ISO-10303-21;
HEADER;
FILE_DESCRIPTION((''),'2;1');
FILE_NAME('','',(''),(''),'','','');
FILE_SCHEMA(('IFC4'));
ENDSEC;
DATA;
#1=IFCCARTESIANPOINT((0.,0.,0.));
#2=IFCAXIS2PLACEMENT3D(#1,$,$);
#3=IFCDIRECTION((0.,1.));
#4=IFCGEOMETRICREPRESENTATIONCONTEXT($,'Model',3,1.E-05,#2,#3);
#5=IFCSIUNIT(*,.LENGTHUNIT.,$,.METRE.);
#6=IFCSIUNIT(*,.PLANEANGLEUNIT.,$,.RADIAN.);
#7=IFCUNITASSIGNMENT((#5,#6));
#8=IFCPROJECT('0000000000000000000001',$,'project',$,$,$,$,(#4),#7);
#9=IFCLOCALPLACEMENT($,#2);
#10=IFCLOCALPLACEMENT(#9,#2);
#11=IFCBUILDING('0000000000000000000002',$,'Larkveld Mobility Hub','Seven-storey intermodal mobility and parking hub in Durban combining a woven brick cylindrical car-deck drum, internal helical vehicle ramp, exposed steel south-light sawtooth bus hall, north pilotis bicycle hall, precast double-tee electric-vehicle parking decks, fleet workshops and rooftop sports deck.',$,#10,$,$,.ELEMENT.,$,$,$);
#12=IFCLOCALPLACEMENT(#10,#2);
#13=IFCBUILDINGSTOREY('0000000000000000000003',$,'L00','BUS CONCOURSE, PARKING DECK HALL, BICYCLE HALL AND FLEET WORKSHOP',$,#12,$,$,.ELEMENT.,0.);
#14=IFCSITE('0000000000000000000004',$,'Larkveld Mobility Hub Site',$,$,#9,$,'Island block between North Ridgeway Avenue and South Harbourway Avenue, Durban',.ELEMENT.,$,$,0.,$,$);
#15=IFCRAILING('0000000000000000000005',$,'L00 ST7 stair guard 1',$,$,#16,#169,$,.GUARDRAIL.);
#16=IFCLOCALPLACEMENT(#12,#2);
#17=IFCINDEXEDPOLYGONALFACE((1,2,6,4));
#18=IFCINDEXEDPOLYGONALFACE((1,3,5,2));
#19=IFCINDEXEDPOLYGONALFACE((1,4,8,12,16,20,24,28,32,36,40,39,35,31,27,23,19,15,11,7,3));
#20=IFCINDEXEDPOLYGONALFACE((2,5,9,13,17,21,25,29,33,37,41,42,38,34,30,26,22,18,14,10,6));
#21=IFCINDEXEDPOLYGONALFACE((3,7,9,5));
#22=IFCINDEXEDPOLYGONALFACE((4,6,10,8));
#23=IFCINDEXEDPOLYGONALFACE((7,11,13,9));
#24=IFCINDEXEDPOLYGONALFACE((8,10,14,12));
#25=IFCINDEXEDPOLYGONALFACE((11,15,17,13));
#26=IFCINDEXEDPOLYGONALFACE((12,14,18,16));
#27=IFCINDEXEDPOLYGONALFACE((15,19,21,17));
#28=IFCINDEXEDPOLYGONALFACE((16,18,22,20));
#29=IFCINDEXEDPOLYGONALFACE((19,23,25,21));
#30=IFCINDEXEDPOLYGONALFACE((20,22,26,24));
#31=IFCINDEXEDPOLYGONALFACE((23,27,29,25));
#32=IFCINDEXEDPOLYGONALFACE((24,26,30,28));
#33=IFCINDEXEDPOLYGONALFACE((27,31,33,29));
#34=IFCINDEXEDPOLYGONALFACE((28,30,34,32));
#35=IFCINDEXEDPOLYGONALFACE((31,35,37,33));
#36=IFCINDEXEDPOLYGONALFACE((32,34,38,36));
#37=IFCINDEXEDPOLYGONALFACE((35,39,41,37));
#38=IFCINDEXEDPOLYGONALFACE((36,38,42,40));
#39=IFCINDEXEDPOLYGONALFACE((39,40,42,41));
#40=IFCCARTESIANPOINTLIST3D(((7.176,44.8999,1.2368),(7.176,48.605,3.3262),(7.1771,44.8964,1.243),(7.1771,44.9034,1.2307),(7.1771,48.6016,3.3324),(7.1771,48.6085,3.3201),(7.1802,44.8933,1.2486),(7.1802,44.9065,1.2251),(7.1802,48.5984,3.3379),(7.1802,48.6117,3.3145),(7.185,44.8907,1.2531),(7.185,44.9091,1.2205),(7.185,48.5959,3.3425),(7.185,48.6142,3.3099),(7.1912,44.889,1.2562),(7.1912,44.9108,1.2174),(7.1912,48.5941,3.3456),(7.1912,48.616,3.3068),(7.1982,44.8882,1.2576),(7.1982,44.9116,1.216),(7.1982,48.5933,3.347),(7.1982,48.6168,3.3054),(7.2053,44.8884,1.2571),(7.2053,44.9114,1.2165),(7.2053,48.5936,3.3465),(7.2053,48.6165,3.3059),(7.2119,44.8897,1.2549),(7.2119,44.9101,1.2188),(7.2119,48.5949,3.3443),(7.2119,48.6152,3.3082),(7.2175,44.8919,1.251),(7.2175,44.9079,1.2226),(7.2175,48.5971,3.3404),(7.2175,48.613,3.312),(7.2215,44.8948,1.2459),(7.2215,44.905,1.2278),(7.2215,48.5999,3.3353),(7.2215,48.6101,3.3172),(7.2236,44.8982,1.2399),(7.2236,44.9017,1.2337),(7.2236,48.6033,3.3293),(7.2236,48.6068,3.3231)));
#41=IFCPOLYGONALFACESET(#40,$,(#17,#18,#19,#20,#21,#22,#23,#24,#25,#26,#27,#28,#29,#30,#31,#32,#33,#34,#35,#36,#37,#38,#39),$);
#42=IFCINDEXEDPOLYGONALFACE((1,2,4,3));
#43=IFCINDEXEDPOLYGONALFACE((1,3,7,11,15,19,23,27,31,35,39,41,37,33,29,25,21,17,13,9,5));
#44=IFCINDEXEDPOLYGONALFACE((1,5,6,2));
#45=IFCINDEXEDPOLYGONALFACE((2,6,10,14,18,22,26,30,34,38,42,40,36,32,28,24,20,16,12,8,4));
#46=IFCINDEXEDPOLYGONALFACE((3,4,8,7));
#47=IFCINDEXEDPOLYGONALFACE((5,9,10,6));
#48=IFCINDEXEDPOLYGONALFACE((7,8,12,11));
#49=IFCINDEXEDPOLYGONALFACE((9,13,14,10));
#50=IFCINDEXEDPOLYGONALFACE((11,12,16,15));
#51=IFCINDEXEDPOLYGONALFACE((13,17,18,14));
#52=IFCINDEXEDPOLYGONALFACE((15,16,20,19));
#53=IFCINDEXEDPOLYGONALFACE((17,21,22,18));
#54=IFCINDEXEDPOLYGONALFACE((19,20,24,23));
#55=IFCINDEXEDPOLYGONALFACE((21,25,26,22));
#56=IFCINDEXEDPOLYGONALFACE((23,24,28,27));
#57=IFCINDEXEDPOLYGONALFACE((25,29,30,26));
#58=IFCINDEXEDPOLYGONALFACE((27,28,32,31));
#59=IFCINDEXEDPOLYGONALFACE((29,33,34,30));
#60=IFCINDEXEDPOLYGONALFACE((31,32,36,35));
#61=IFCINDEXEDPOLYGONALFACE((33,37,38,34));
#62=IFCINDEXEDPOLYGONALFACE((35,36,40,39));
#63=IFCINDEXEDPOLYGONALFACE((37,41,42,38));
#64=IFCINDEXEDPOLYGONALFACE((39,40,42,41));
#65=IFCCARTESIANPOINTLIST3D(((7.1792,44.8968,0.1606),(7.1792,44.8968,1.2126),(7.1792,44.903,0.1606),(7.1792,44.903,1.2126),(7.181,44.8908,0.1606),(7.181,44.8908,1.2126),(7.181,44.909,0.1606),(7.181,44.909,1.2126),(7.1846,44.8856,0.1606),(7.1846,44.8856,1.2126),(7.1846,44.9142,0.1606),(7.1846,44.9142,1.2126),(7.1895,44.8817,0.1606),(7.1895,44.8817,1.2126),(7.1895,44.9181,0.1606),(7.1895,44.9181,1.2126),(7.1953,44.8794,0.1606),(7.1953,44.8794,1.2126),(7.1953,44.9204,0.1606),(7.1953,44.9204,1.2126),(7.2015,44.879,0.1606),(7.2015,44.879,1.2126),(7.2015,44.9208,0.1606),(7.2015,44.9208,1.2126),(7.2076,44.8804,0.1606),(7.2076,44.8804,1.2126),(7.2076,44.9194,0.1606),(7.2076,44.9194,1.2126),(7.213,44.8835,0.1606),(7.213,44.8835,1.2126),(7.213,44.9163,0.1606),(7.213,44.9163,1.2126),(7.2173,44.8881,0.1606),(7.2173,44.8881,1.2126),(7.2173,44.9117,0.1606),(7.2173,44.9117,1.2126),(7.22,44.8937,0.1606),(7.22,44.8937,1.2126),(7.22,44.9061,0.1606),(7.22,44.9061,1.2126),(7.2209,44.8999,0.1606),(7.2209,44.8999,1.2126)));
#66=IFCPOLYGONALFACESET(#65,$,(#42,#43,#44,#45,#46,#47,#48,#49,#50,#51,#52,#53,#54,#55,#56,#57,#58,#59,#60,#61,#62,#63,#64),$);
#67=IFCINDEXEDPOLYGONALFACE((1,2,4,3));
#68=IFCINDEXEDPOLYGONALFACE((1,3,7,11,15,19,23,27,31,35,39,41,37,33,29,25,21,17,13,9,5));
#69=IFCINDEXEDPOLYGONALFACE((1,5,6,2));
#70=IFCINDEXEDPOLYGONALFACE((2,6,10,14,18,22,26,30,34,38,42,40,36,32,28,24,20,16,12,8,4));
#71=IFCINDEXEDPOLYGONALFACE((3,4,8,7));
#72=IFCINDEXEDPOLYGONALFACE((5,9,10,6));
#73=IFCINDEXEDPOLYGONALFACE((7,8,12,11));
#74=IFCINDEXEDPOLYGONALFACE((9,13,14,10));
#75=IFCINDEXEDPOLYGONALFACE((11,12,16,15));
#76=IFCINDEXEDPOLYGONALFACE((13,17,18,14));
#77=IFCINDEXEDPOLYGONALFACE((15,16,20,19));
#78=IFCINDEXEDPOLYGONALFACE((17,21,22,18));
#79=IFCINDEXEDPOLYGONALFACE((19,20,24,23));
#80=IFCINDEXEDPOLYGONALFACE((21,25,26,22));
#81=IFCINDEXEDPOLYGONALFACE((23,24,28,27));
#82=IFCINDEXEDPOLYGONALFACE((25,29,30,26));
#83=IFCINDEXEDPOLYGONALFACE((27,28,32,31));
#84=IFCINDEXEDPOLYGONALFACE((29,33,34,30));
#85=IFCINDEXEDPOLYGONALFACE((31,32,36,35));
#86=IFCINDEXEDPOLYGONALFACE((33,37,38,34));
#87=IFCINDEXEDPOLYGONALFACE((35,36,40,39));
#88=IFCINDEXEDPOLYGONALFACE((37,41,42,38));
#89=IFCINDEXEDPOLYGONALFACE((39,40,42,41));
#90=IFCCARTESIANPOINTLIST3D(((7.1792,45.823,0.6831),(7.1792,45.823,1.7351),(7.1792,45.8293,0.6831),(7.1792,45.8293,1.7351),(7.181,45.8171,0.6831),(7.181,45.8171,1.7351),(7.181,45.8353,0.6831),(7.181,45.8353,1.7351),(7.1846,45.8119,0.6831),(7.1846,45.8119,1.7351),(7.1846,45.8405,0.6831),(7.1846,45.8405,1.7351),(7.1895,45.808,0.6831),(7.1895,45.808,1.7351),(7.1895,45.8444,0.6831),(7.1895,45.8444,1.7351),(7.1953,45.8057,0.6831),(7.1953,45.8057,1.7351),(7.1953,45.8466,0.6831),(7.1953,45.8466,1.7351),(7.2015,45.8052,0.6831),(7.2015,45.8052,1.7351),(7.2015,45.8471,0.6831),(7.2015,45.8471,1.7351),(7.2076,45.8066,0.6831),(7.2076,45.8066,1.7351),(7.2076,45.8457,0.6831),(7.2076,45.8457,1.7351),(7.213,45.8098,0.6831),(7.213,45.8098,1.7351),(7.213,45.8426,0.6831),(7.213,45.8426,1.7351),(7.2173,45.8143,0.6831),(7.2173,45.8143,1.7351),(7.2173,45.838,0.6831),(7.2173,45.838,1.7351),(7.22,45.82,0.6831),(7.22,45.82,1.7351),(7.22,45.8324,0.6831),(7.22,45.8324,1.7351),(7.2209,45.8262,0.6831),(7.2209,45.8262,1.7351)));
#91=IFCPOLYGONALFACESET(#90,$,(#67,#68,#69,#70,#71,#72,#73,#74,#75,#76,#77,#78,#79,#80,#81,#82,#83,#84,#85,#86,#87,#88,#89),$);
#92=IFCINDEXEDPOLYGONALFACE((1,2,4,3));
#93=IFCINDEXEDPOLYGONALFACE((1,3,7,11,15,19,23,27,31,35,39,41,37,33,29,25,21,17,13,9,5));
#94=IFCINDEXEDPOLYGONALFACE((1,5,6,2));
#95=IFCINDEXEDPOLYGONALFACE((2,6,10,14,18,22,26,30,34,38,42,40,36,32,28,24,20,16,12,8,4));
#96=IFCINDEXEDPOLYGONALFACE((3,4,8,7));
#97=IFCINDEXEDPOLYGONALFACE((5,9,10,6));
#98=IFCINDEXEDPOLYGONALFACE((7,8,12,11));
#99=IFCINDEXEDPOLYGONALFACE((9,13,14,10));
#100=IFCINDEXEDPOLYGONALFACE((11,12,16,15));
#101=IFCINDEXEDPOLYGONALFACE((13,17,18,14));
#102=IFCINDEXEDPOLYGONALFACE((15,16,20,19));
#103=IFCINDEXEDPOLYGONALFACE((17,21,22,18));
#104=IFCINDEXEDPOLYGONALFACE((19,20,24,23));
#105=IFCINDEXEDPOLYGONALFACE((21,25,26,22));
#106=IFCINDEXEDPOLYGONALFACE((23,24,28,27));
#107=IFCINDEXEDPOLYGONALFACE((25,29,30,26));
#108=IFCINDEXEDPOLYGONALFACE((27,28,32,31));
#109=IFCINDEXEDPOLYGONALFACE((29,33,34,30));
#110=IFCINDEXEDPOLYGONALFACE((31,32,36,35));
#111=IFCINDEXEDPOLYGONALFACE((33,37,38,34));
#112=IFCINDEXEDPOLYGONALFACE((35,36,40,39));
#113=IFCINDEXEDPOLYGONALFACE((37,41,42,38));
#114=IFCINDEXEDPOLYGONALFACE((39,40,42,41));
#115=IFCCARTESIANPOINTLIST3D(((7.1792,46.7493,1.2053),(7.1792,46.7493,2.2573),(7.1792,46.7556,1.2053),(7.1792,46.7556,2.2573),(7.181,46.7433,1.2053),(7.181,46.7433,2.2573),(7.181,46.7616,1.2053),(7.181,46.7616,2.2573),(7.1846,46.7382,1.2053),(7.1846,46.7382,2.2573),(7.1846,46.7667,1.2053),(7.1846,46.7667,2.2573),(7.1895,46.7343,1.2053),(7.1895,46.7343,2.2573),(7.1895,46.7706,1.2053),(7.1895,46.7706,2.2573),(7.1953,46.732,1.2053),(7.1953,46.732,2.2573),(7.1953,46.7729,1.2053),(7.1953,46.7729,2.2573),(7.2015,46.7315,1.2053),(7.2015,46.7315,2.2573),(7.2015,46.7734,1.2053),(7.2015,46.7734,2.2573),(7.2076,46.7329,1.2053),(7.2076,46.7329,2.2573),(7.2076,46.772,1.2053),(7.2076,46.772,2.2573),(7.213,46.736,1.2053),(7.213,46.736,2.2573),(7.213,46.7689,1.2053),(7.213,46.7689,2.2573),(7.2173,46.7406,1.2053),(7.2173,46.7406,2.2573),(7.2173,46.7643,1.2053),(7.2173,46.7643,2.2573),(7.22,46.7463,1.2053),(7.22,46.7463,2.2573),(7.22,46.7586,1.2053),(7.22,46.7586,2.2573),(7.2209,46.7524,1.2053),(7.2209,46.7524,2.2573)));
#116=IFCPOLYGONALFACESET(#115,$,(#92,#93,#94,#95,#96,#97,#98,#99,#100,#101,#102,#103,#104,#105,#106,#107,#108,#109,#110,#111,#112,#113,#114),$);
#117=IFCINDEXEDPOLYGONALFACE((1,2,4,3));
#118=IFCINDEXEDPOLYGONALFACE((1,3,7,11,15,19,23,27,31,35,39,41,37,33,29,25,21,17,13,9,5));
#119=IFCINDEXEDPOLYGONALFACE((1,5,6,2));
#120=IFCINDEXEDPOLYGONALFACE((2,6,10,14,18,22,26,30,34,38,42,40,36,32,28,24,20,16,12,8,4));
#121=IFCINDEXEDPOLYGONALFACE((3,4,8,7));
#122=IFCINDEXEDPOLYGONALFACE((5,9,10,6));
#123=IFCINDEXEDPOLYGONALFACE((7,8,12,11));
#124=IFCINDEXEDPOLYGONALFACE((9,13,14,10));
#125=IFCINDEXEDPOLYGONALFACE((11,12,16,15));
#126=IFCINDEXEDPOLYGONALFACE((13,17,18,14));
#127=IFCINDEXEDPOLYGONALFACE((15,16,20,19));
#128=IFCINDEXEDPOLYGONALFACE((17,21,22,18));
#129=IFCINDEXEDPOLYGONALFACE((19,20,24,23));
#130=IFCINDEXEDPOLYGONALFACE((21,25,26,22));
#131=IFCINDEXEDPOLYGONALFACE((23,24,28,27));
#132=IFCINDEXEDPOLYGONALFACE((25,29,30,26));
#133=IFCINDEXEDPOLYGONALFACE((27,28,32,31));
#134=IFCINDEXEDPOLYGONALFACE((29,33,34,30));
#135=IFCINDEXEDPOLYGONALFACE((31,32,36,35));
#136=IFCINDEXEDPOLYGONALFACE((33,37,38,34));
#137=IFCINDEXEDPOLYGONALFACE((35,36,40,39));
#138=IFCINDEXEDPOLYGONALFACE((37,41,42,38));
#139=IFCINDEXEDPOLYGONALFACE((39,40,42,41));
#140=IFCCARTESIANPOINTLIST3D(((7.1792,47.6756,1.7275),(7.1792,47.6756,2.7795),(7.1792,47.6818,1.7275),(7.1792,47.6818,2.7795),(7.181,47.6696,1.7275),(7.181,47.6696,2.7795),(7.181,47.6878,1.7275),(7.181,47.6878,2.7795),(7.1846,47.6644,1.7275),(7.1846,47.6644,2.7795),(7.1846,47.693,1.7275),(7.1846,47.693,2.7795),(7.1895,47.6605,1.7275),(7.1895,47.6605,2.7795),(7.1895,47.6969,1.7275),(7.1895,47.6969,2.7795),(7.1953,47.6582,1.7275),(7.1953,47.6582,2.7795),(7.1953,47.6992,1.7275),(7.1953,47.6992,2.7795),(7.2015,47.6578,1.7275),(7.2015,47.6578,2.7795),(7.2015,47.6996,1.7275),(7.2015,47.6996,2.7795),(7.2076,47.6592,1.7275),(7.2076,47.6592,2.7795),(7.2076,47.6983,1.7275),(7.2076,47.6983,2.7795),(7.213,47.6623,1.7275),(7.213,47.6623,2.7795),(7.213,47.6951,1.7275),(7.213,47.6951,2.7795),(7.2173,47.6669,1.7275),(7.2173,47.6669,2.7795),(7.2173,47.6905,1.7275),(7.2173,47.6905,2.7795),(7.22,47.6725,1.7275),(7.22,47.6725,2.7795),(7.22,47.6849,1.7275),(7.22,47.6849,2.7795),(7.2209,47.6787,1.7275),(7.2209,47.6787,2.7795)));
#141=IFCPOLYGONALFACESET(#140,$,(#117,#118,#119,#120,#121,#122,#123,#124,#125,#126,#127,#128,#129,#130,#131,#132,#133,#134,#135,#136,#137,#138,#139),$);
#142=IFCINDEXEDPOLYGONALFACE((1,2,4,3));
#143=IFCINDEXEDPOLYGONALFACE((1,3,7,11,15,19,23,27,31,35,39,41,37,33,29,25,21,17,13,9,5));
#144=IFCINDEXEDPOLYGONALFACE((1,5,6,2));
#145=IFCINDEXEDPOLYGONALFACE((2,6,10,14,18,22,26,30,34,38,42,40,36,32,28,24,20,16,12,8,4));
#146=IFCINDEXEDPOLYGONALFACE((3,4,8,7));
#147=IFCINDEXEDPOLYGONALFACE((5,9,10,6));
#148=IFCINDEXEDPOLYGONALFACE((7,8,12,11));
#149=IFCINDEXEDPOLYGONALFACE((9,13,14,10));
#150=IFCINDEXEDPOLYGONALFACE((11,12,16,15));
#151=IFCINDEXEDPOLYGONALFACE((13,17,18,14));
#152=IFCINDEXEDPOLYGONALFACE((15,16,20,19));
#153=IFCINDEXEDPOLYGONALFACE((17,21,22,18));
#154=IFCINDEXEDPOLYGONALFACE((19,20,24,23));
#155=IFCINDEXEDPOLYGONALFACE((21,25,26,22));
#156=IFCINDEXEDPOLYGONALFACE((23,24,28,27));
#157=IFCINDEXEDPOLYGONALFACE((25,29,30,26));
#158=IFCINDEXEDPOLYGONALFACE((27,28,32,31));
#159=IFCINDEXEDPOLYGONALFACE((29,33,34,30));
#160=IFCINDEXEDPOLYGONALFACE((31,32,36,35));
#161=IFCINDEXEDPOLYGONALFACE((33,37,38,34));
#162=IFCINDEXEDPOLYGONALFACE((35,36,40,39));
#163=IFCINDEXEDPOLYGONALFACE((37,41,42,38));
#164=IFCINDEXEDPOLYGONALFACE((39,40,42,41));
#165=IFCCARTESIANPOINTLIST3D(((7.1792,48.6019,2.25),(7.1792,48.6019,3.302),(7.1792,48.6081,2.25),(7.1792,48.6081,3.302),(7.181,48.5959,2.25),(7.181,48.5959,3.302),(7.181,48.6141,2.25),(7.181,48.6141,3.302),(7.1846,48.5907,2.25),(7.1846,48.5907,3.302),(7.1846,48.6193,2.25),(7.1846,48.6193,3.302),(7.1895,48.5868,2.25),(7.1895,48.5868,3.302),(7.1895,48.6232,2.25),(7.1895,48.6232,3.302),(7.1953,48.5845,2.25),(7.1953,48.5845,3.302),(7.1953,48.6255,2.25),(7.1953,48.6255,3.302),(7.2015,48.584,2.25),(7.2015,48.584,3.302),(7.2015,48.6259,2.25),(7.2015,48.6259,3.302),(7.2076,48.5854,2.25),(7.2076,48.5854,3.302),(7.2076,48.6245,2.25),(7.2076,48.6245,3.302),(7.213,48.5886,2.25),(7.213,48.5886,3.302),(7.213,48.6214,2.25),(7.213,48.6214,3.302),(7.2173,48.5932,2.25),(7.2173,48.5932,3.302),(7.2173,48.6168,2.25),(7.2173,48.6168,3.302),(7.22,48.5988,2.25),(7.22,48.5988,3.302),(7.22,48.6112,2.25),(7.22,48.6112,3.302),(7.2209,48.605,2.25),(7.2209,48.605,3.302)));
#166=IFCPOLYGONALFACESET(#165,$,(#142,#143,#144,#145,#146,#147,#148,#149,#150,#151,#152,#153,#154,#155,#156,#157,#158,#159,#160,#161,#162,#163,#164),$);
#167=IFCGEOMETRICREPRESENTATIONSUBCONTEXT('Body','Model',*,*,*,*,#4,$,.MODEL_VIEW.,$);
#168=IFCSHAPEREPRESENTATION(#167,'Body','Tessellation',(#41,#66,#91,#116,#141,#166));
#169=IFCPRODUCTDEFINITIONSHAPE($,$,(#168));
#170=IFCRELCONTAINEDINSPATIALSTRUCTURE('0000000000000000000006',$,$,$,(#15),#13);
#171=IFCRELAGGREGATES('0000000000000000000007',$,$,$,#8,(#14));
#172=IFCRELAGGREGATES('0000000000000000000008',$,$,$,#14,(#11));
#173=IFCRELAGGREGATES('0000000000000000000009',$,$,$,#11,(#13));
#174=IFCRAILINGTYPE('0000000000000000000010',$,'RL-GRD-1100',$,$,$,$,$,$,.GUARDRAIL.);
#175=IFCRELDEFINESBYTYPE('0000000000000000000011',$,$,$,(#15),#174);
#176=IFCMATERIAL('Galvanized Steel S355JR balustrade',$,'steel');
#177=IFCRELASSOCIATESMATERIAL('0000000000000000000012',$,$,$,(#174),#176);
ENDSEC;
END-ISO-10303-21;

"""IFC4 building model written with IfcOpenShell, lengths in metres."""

from ifc_helpers import new_model, si_unit, direction, frame, origin, origin_2d, place, context, subcontext, project, spatial, circle, extrude, material, type_object, element, save


model = new_model("IFC4")

# Units and contexts
model_context = context("Model", 3, precision=1e-05, world=origin(), true_north=direction((0.0, 1.0)))
body_context = subcontext(model_context, "Body", "Model", "MODEL_VIEW")
ifc_project = project(units=[si_unit("LENGTHUNIT", "METRE"), si_unit("PLANEANGLEUNIT", "RADIAN")], contexts=[model_context])

# Site, building, storey
site_placement = place(None, origin())
site = spatial("IfcSite", under=ifc_project, at=site_placement, Name="Larkveld Mobility Hub Site", LongName="Island block between North Ridgeway Avenue and South Harbourway Avenue, Durban", CompositionType="ELEMENT", RefElevation=0.0)
building_placement = place(site_placement, origin())
building = spatial("IfcBuilding", under=site, at=building_placement, Name="Larkveld Mobility Hub", Description="Seven-storey intermodal mobility and parking hub in Durban combining a woven brick cylindrical car-deck drum, internal helical vehicle ramp, exposed steel south-light sawtooth bus hall, north pilotis bicycle hall, precast double-tee electric-vehicle parking decks, fleet workshops and rooftop sports deck.", CompositionType="ELEMENT")
storey_placement = place(building_placement, origin())
storey = spatial("IfcBuildingStorey", under=building, at=storey_placement, Name="L00", Description="BUS CONCOURSE, PARKING DECK HALL, BICYCLE HALL AND FLEET WORKSHOP", CompositionType="ELEMENT", Elevation=0.0)

# Railing
ifc_material_1 = material(Name="Galvanized Steel S355JR balustrade", Category="steel")
railing_type = type_object("IfcRailingType", Name="RL-GRD-1100", PredefinedType="GUARDRAIL", material=ifc_material_1)
railing_1_placement = place(storey_placement, frame((7.2, 44.8999, 0.1606)))
element("IfcRailing", 1, at=railing_1_placement, inside=storey, type_object=railing_type, Name="L00 ST7 stair guard 1", PredefinedType="GUARDRAIL", context=body_context, shape_type="SweptSolid", body=[
    extrude(circle(Radius=0.0239, at=origin_2d()), frame((0.0, 0.0, 1.0762), z_axis=(0.0, 0.871048, 0.491198), x_axis=(-1.0, 0.0, 0.0)), (0.0, 0.0, 1.0), 4.2537),
    extrude(circle(Radius=0.021, at=origin_2d()), origin(), (0.0, 0.0, 1.0), 1.052),
    extrude(circle(Radius=0.021, at=origin_2d()), frame((0.0, 0.9263, 0.5225)), (0.0, 0.0, 1.0), 1.052),
    extrude(circle(Radius=0.021, at=origin_2d()), frame((0.0, 1.8525, 1.0447)), (0.0, 0.0, 1.0), 1.052),
    extrude(circle(Radius=0.021, at=origin_2d()), frame((0.0, 2.7788, 1.5669)), (0.0, 0.0, 1.0), 1.052),
    extrude(circle(Radius=0.021, at=origin_2d()), frame((0.0, 3.7051, 2.0894)), (0.0, 0.0, 1.0), 1.052),
])

save(model, "model.ifc")
